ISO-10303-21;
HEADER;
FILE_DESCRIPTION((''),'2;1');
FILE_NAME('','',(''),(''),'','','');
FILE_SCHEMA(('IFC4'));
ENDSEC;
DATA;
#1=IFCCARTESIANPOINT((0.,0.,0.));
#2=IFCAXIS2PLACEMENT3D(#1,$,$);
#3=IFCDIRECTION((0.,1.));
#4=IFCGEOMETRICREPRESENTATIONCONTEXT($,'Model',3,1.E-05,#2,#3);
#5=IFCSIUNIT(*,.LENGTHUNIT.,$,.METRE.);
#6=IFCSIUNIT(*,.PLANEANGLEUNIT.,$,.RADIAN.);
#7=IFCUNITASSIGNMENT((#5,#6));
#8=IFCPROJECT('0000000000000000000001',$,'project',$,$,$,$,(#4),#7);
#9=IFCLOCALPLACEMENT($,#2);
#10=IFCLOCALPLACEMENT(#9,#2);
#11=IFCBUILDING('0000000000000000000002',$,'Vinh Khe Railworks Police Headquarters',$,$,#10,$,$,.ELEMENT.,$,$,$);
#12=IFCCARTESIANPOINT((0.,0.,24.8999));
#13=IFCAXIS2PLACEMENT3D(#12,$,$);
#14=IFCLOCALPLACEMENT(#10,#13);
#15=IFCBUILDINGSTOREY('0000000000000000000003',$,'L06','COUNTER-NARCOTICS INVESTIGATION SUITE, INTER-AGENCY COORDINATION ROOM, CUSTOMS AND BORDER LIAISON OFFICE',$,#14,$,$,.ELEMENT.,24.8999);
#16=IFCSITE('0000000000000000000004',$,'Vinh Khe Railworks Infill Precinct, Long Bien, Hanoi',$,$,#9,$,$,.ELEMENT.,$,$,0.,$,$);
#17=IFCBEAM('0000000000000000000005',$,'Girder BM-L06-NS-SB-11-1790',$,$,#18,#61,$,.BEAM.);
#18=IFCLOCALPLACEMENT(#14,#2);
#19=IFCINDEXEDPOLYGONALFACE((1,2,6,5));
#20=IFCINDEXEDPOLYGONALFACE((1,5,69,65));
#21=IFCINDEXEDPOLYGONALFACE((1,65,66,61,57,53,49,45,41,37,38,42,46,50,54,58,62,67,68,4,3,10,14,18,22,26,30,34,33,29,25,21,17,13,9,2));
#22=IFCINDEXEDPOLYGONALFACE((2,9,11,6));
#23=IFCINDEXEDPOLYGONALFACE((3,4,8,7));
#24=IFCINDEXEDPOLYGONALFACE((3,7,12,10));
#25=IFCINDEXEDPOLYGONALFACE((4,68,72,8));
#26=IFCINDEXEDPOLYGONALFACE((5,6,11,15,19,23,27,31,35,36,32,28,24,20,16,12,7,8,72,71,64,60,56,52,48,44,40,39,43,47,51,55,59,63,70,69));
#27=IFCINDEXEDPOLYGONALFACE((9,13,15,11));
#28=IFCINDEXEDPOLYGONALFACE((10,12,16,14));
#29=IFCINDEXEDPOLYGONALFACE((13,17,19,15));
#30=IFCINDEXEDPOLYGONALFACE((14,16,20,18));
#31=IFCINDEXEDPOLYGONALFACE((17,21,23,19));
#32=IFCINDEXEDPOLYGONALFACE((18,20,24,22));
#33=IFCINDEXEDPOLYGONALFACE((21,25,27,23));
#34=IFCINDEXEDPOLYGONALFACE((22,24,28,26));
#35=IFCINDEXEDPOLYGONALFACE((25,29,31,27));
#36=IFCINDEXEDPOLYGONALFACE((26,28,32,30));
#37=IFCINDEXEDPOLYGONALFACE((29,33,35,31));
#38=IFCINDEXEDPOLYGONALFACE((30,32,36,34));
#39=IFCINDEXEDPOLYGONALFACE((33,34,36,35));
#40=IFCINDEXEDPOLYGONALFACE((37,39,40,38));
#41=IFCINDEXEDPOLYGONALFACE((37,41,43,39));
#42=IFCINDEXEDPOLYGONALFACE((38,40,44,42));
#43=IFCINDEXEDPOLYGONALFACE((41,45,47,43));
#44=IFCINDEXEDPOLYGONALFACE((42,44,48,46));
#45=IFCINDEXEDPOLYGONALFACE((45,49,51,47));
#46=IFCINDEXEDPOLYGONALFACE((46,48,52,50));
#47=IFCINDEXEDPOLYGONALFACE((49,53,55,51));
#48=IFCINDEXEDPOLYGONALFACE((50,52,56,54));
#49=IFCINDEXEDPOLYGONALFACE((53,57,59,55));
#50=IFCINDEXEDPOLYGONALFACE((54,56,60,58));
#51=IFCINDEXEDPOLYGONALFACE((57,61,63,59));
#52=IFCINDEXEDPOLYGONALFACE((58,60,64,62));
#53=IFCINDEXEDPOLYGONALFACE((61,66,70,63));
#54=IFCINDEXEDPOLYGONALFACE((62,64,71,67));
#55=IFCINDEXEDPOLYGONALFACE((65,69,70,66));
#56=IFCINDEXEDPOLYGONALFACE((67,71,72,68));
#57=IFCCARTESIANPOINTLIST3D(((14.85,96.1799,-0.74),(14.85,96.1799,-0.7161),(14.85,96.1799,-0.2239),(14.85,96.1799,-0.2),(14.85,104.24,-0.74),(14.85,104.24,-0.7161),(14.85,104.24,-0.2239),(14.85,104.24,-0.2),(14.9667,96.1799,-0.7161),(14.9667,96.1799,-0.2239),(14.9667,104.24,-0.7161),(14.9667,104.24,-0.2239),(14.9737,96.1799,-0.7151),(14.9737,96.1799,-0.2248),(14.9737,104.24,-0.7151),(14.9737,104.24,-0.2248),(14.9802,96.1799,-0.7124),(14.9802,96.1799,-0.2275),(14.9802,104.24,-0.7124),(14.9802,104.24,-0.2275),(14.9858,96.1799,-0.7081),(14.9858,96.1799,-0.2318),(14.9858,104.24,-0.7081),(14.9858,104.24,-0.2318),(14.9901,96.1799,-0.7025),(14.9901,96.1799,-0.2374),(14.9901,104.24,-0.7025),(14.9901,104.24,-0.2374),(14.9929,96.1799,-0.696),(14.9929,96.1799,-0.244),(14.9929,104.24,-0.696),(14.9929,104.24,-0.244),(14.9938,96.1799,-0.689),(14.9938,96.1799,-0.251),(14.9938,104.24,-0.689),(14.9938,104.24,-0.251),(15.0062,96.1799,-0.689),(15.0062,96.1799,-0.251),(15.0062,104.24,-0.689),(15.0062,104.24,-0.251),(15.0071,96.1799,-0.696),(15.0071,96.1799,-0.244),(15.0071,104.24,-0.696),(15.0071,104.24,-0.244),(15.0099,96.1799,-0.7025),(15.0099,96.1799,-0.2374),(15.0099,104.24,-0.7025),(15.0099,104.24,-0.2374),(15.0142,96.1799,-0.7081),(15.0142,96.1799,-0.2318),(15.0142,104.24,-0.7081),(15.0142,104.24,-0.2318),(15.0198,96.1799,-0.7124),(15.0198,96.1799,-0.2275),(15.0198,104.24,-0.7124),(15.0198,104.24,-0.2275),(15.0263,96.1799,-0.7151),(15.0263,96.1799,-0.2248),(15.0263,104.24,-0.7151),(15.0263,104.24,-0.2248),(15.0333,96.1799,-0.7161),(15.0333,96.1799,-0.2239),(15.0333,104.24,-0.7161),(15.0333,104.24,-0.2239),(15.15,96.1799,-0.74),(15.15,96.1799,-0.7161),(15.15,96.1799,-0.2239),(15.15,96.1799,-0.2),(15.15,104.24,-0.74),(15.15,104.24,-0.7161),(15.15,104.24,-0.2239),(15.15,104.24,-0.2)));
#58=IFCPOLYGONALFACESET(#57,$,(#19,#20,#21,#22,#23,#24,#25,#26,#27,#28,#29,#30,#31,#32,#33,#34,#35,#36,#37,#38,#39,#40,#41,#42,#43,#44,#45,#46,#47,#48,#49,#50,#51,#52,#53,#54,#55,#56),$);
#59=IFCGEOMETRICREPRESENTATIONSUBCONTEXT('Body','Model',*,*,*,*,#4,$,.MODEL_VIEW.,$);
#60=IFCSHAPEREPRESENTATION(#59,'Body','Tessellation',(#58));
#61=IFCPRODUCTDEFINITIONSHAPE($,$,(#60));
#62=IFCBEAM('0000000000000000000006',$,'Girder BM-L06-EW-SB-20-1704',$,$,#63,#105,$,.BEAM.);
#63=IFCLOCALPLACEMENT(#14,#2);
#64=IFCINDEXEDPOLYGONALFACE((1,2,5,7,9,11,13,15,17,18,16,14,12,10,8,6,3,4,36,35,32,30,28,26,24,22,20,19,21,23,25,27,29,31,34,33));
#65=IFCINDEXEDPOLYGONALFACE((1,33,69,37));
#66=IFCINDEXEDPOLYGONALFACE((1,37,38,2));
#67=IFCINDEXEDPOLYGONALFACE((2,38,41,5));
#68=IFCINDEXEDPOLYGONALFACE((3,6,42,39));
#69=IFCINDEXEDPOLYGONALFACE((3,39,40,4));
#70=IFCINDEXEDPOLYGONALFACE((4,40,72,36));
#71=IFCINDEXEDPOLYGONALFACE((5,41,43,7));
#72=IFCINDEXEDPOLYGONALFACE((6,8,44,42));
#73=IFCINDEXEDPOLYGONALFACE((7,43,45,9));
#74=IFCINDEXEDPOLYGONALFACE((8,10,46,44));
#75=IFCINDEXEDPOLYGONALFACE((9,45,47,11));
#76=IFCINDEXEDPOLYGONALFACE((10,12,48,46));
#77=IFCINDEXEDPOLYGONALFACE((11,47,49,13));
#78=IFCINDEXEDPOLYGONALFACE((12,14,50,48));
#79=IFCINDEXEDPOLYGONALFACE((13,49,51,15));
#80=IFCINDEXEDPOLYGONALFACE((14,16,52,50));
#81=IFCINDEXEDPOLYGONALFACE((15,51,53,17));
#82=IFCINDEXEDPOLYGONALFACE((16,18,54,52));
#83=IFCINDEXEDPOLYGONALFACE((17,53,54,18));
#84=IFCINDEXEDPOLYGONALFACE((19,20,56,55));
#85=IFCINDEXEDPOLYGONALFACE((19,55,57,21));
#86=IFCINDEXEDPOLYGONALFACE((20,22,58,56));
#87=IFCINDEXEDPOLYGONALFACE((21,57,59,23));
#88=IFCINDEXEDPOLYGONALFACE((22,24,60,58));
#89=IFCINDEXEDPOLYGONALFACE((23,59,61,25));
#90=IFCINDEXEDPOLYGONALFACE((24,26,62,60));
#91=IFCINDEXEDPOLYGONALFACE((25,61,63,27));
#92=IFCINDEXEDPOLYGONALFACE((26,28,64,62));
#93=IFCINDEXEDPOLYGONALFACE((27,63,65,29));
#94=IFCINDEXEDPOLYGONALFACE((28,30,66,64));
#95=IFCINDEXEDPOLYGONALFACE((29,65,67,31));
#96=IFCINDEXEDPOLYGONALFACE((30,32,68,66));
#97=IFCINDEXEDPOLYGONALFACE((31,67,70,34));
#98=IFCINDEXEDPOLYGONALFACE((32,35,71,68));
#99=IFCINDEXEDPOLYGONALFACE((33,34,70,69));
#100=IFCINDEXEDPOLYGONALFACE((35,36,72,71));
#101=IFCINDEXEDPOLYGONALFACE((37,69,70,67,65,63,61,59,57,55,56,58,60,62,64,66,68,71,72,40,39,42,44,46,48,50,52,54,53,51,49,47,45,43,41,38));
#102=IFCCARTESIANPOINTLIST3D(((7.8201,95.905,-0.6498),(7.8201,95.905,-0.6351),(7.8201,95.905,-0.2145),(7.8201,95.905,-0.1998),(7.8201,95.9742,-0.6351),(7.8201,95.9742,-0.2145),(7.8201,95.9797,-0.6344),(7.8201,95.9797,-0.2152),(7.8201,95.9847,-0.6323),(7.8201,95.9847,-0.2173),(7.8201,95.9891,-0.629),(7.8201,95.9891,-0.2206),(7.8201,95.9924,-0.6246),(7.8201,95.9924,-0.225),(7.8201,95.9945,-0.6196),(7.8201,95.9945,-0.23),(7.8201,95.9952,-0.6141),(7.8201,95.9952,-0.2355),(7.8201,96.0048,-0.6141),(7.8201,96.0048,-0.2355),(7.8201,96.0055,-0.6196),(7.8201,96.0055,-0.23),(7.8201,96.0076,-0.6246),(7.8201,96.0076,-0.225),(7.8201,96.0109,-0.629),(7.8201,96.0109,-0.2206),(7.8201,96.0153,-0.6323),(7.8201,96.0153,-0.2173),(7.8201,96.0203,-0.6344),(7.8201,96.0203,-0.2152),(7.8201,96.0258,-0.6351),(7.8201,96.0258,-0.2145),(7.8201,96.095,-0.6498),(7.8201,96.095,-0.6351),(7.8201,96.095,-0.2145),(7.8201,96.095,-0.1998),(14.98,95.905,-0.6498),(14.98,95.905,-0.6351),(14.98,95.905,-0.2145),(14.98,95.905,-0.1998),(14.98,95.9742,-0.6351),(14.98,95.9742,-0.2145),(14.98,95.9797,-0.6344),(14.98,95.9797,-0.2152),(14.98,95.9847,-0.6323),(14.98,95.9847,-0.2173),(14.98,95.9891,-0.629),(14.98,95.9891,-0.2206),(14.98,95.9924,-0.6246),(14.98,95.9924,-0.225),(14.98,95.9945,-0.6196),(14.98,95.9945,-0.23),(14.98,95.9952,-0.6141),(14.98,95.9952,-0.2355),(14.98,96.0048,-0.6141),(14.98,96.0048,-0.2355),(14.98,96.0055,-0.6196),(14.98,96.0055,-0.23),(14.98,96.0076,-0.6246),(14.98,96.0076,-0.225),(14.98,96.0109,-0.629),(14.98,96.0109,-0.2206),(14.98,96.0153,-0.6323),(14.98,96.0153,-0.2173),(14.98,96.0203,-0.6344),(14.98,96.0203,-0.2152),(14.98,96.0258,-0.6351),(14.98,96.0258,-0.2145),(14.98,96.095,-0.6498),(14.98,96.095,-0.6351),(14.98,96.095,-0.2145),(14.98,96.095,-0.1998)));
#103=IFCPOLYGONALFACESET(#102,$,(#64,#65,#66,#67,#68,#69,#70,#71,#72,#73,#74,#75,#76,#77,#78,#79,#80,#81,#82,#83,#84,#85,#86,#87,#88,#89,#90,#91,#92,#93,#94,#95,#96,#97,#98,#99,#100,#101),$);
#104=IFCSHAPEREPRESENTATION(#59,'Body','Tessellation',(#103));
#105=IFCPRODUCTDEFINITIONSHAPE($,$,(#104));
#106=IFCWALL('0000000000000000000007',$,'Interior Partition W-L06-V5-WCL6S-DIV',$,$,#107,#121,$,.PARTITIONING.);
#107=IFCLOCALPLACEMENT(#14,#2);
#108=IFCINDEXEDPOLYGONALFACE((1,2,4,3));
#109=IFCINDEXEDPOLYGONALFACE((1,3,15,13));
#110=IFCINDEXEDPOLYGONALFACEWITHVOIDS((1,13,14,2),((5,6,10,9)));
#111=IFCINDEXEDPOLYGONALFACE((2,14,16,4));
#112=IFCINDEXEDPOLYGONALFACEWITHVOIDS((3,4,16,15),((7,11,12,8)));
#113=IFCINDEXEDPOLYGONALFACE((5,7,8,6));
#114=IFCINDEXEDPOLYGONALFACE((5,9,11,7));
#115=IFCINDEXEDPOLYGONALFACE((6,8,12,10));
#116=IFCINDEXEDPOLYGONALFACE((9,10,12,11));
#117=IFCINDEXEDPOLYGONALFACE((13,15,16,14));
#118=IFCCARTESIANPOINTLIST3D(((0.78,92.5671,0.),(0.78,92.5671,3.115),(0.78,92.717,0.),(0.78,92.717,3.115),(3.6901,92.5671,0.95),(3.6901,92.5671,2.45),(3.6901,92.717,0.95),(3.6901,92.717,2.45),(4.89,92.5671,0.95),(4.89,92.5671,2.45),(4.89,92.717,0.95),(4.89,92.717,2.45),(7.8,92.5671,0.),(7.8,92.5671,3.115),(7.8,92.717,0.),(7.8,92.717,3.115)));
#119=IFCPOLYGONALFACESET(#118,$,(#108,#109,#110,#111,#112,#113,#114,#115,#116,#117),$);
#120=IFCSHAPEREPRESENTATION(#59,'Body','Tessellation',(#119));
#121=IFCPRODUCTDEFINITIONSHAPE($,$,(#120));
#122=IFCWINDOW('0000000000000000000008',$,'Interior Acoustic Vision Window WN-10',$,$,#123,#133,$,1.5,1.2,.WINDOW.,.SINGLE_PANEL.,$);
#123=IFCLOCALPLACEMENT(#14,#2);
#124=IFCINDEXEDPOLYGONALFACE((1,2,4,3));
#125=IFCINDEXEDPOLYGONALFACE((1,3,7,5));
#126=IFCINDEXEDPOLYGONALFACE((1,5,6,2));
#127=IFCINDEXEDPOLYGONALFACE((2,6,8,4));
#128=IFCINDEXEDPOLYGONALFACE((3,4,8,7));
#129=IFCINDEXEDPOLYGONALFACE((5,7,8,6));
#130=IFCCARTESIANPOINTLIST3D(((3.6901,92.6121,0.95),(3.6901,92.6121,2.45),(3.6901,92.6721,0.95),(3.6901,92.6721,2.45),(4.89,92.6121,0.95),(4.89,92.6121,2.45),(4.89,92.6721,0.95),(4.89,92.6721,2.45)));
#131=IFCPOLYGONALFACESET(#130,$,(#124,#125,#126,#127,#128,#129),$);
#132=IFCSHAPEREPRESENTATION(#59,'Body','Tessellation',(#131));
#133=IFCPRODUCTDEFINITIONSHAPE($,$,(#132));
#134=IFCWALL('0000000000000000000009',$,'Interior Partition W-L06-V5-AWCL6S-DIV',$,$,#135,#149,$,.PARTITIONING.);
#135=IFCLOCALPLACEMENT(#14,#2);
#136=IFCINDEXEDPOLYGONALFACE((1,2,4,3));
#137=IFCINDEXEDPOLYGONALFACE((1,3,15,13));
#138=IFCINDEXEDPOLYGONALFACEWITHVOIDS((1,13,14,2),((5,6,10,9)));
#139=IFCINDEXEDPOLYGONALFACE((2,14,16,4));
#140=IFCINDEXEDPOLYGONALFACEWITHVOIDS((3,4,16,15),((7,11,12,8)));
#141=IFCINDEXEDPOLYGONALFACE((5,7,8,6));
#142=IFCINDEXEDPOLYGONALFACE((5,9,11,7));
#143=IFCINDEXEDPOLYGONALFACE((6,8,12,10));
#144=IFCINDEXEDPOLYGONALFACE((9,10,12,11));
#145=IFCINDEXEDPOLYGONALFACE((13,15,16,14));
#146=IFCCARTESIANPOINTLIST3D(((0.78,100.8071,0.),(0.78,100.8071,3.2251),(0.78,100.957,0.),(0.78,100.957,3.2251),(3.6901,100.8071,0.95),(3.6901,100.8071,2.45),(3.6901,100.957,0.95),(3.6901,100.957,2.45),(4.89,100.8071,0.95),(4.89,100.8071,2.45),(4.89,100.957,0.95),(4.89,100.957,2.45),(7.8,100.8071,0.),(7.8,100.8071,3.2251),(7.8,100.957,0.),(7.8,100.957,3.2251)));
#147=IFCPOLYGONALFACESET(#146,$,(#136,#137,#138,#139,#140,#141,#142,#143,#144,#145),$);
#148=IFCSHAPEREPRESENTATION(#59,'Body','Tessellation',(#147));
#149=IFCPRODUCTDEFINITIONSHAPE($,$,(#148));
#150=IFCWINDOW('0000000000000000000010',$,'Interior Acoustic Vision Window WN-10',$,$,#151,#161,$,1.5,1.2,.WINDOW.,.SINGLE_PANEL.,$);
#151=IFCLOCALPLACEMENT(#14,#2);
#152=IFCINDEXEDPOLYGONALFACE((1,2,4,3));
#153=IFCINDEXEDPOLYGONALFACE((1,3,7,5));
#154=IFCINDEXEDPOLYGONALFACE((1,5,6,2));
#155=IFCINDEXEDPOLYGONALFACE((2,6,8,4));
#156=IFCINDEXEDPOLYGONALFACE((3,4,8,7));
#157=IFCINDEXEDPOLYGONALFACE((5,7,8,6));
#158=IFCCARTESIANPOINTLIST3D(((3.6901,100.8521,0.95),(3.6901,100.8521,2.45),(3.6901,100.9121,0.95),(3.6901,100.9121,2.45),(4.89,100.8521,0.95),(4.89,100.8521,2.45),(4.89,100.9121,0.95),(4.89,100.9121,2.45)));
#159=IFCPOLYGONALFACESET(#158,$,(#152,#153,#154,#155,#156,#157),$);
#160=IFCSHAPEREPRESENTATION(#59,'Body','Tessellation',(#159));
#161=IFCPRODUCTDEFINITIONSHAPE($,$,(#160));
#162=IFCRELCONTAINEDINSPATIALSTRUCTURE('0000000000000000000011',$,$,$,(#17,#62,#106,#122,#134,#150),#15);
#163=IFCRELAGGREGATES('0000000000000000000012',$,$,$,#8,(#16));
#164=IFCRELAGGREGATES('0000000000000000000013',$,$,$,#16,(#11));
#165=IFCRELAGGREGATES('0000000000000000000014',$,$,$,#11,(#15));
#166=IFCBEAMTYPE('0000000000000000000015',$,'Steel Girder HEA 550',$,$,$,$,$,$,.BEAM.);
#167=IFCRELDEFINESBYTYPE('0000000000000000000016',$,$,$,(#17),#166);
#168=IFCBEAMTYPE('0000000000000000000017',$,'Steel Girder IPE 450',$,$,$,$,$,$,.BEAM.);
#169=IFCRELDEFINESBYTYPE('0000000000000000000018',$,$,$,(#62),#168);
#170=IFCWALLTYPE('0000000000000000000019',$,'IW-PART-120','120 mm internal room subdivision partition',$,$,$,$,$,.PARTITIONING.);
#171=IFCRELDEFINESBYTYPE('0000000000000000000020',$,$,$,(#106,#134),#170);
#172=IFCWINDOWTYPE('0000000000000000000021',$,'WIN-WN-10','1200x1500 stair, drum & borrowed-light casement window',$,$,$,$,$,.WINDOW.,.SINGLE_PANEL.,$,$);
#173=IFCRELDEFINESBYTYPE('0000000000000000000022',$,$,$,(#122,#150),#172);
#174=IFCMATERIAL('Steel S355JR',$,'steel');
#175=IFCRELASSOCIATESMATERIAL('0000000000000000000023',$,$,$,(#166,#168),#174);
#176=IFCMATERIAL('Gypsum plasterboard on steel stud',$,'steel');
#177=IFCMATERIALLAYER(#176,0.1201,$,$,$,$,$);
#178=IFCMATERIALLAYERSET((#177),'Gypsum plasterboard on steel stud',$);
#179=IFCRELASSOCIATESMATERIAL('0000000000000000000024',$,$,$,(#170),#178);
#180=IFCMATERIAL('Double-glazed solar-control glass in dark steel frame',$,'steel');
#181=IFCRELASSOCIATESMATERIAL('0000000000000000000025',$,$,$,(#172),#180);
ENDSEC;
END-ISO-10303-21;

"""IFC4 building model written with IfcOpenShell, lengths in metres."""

from ifc_helpers import new_model, si_unit, direction, frame, frame_2d, origin, origin_2d, place, context, subcontext, project, spatial, rectangle, i_section, extrude, material, layer, layer_set, material_profile, profile_set, type_object, element, fill, save


model = new_model("IFC4")

# Units and contexts
model_context = context("Model", 3, precision=1e-05, world=origin(), true_north=direction((0.0, 1.0)))
body_context = subcontext(model_context, "Body", "Model", "MODEL_VIEW")
ifc_project = project(units=[si_unit("LENGTHUNIT", "METRE"), si_unit("PLANEANGLEUNIT", "RADIAN")], contexts=[model_context])

# Site, building, storey
site_placement = place(None, origin())
site = spatial("IfcSite", under=ifc_project, at=site_placement, Name="Vinh Khe Railworks Infill Precinct, Long Bien, Hanoi", CompositionType="ELEMENT", RefElevation=0.0)
building_placement = place(site_placement, origin())
building = spatial("IfcBuilding", under=site, at=building_placement, Name="Vinh Khe Railworks Police Headquarters", CompositionType="ELEMENT")
storey_placement = place(building_placement, frame((0.0, 0.0, 24.8999)))
storey = spatial("IfcBuildingStorey", under=building, at=storey_placement, Name="L06", Description="COUNTER-NARCOTICS INVESTIGATION SUITE, INTER-AGENCY COORDINATION ROOM, CUSTOMS AND BORDER LIAISON OFFICE", CompositionType="ELEMENT", Elevation=24.8999)

# Shared definitions
ifc_material_1 = material(Name="Steel S355JR", Category="steel")

# Beams
ifc_material_profile_1 = material_profile(ifc_material_1, i_section(OverallWidth=0.3, OverallDepth=0.54, WebThickness=0.0125, FlangeThickness=0.0239, FilletRadius=0.0271, at=origin_2d()), Name="HEA 550")
ifc_profile_set_1 = profile_set([ifc_material_profile_1], Name="Steel S355JR")
beam_type_1 = type_object("IfcBeamType", Name="Steel Girder HEA 550", PredefinedType="BEAM", material=ifc_profile_set_1)
beam_1_placement = place(storey_placement, frame((15.0, 96.1799, -0.47), z_axis=(0.0, 1.0, 0.0), x_axis=(-1.0, 0.0, 0.0)))
element("IfcBeam", 1, at=beam_1_placement, inside=storey, type_object=beam_type_1, Name="Girder BM-L06-NS-SB-11-1790", PredefinedType="BEAM", context=body_context, shape_type="SweptSolid", body=[
    extrude(i_section(OverallWidth=0.3, OverallDepth=0.54, WebThickness=0.0125, FlangeThickness=0.0239, FilletRadius=0.0271, at=origin_2d()), origin(), (0.0, 0.0, 1.0), 8.0601),
])
ifc_material_profile_2 = material_profile(ifc_material_1, i_section(OverallWidth=0.1899, OverallDepth=0.45, WebThickness=0.0095, FlangeThickness=0.0146, FilletRadius=0.021, at=origin_2d()), Name="IPE 450")
ifc_profile_set_2 = profile_set([ifc_material_profile_2], Name="Steel S355JR")
beam_type_2 = type_object("IfcBeamType", Name="Steel Girder IPE 450", PredefinedType="BEAM", material=ifc_profile_set_2)
beam_2_placement = place(storey_placement, frame((7.8201, 96.0, -0.4248), z_axis=(1.0, 0.0, 0.0), x_axis=(0.0, 1.0, 0.0)))
element("IfcBeam", 2, at=beam_2_placement, inside=storey, type_object=beam_type_2, Name="Girder BM-L06-EW-SB-20-1704", PredefinedType="BEAM", context=body_context, shape_type="SweptSolid", body=[
    extrude(i_section(OverallWidth=0.1899, OverallDepth=0.45, WebThickness=0.0095, FlangeThickness=0.0146, FilletRadius=0.021, at=origin_2d()), origin(), (0.0, 0.0, 1.0), 7.1599),
])

# Walls, openings, windows
ifc_material_2 = material(Name="Gypsum plasterboard on steel stud", Category="steel")
ifc_layer_1 = layer(ifc_material_2, 0.1201)
ifc_layer_set_1 = layer_set([ifc_layer_1], Name="Gypsum plasterboard on steel stud")
wall_type_1 = type_object("IfcWallType", Name="IW-PART-120", Description="120 mm internal room subdivision partition", PredefinedType="PARTITIONING", material=ifc_layer_set_1)
wall_1_placement = place(storey_placement, frame((0.78, 92.6421, 0.0), z_axis=(0.0, 0.0, 1.0), x_axis=(1.0, 0.0, 0.0)))
wall_1 = element("IfcWall", 3, at=wall_1_placement, inside=storey, type_object=wall_type_1, Name="Interior Partition W-L06-V5-WCL6S-DIV", PredefinedType="PARTITIONING", context=body_context, shape_type="SweptSolid", body=[
    extrude(rectangle(XDim=7.02, YDim=0.1499, at=frame_2d((3.51, 0.0))), origin(), (0.0, 0.0, 1.0), 3.115),
])
opening_1_placement = place(wall_1_placement, frame((2.9099, 0.0, 0.95)))
opening_1 = element("IfcOpeningElement", 4, at=opening_1_placement, cuts=wall_1, PredefinedType="OPENING", context=body_context, shape_type="SweptSolid", body=[
    extrude(rectangle(XDim=1.2, YDim=1.5, at=frame_2d((0.6001, 0.75))), frame((0.0, 0.0898, 0.0), z_axis=(0.0, -1.0, 0.0), x_axis=(1.0, 0.0, 0.0)), (0.0, 0.0, 1.0), 0.1797),
])
ifc_material_3 = material(Name="Double-glazed solar-control glass in dark steel frame", Category="steel")
window_type_1 = type_object("IfcWindowType", Name="WIN-WN-10", Description="1200x1500 stair, drum & borrowed-light casement window", PartitioningType="SINGLE_PANEL", PredefinedType="WINDOW", material=ifc_material_3)
window_1_placement = place(opening_1_placement, origin())
window_1 = element("IfcWindow", 5, at=window_1_placement, inside=storey, type_object=window_type_1, Name="Interior Acoustic Vision Window WN-10", OverallHeight=1.5, OverallWidth=1.2, PartitioningType="SINGLE_PANEL", PredefinedType="WINDOW", context=body_context, shape_type="SweptSolid", body=[
    extrude(rectangle(XDim=1.2, YDim=1.5, at=frame_2d((0.6001, 0.75))), frame((0.0, 0.03, 0.0), z_axis=(0.0, -1.0, 0.0), x_axis=(1.0, 0.0, 0.0)), (0.0, 0.0, 1.0), 0.0601),
])
fill(opening_1, window_1)
wall_2_placement = place(storey_placement, frame((0.78, 100.8821, 0.0), z_axis=(0.0, 0.0, 1.0), x_axis=(1.0, 0.0, 0.0)))
wall_2 = element("IfcWall", 6, at=wall_2_placement, inside=storey, type_object=wall_type_1, Name="Interior Partition W-L06-V5-AWCL6S-DIV", PredefinedType="PARTITIONING", context=body_context, shape_type="SweptSolid", body=[
    extrude(rectangle(XDim=7.02, YDim=0.1499, at=frame_2d((3.51, 0.0))), origin(), (0.0, 0.0, 1.0), 3.2251),
])
opening_2_placement = place(wall_2_placement, frame((2.9099, 0.0, 0.95)))
opening_2 = element("IfcOpeningElement", 7, at=opening_2_placement, cuts=wall_2, PredefinedType="OPENING", context=body_context, shape_type="SweptSolid", body=[
    extrude(rectangle(XDim=1.2, YDim=1.5, at=frame_2d((0.6001, 0.75))), frame((0.0, 0.0898, 0.0), z_axis=(0.0, -1.0, 0.0), x_axis=(1.0, 0.0, 0.0)), (0.0, 0.0, 1.0), 0.1797),
])
window_2_placement = place(opening_2_placement, origin())
window_2 = element("IfcWindow", 8, at=window_2_placement, inside=storey, type_object=window_type_1, Name="Interior Acoustic Vision Window WN-10", OverallHeight=1.5, OverallWidth=1.2, PartitioningType="SINGLE_PANEL", PredefinedType="WINDOW", context=body_context, shape_type="SweptSolid", body=[
    extrude(rectangle(XDim=1.2, YDim=1.5, at=frame_2d((0.6001, 0.75))), frame((0.0, 0.03, 0.0), z_axis=(0.0, -1.0, 0.0), x_axis=(1.0, 0.0, 0.0)), (0.0, 0.0, 1.0), 0.0601),
])
fill(opening_2, window_2)

save(model, "model.ifc")
